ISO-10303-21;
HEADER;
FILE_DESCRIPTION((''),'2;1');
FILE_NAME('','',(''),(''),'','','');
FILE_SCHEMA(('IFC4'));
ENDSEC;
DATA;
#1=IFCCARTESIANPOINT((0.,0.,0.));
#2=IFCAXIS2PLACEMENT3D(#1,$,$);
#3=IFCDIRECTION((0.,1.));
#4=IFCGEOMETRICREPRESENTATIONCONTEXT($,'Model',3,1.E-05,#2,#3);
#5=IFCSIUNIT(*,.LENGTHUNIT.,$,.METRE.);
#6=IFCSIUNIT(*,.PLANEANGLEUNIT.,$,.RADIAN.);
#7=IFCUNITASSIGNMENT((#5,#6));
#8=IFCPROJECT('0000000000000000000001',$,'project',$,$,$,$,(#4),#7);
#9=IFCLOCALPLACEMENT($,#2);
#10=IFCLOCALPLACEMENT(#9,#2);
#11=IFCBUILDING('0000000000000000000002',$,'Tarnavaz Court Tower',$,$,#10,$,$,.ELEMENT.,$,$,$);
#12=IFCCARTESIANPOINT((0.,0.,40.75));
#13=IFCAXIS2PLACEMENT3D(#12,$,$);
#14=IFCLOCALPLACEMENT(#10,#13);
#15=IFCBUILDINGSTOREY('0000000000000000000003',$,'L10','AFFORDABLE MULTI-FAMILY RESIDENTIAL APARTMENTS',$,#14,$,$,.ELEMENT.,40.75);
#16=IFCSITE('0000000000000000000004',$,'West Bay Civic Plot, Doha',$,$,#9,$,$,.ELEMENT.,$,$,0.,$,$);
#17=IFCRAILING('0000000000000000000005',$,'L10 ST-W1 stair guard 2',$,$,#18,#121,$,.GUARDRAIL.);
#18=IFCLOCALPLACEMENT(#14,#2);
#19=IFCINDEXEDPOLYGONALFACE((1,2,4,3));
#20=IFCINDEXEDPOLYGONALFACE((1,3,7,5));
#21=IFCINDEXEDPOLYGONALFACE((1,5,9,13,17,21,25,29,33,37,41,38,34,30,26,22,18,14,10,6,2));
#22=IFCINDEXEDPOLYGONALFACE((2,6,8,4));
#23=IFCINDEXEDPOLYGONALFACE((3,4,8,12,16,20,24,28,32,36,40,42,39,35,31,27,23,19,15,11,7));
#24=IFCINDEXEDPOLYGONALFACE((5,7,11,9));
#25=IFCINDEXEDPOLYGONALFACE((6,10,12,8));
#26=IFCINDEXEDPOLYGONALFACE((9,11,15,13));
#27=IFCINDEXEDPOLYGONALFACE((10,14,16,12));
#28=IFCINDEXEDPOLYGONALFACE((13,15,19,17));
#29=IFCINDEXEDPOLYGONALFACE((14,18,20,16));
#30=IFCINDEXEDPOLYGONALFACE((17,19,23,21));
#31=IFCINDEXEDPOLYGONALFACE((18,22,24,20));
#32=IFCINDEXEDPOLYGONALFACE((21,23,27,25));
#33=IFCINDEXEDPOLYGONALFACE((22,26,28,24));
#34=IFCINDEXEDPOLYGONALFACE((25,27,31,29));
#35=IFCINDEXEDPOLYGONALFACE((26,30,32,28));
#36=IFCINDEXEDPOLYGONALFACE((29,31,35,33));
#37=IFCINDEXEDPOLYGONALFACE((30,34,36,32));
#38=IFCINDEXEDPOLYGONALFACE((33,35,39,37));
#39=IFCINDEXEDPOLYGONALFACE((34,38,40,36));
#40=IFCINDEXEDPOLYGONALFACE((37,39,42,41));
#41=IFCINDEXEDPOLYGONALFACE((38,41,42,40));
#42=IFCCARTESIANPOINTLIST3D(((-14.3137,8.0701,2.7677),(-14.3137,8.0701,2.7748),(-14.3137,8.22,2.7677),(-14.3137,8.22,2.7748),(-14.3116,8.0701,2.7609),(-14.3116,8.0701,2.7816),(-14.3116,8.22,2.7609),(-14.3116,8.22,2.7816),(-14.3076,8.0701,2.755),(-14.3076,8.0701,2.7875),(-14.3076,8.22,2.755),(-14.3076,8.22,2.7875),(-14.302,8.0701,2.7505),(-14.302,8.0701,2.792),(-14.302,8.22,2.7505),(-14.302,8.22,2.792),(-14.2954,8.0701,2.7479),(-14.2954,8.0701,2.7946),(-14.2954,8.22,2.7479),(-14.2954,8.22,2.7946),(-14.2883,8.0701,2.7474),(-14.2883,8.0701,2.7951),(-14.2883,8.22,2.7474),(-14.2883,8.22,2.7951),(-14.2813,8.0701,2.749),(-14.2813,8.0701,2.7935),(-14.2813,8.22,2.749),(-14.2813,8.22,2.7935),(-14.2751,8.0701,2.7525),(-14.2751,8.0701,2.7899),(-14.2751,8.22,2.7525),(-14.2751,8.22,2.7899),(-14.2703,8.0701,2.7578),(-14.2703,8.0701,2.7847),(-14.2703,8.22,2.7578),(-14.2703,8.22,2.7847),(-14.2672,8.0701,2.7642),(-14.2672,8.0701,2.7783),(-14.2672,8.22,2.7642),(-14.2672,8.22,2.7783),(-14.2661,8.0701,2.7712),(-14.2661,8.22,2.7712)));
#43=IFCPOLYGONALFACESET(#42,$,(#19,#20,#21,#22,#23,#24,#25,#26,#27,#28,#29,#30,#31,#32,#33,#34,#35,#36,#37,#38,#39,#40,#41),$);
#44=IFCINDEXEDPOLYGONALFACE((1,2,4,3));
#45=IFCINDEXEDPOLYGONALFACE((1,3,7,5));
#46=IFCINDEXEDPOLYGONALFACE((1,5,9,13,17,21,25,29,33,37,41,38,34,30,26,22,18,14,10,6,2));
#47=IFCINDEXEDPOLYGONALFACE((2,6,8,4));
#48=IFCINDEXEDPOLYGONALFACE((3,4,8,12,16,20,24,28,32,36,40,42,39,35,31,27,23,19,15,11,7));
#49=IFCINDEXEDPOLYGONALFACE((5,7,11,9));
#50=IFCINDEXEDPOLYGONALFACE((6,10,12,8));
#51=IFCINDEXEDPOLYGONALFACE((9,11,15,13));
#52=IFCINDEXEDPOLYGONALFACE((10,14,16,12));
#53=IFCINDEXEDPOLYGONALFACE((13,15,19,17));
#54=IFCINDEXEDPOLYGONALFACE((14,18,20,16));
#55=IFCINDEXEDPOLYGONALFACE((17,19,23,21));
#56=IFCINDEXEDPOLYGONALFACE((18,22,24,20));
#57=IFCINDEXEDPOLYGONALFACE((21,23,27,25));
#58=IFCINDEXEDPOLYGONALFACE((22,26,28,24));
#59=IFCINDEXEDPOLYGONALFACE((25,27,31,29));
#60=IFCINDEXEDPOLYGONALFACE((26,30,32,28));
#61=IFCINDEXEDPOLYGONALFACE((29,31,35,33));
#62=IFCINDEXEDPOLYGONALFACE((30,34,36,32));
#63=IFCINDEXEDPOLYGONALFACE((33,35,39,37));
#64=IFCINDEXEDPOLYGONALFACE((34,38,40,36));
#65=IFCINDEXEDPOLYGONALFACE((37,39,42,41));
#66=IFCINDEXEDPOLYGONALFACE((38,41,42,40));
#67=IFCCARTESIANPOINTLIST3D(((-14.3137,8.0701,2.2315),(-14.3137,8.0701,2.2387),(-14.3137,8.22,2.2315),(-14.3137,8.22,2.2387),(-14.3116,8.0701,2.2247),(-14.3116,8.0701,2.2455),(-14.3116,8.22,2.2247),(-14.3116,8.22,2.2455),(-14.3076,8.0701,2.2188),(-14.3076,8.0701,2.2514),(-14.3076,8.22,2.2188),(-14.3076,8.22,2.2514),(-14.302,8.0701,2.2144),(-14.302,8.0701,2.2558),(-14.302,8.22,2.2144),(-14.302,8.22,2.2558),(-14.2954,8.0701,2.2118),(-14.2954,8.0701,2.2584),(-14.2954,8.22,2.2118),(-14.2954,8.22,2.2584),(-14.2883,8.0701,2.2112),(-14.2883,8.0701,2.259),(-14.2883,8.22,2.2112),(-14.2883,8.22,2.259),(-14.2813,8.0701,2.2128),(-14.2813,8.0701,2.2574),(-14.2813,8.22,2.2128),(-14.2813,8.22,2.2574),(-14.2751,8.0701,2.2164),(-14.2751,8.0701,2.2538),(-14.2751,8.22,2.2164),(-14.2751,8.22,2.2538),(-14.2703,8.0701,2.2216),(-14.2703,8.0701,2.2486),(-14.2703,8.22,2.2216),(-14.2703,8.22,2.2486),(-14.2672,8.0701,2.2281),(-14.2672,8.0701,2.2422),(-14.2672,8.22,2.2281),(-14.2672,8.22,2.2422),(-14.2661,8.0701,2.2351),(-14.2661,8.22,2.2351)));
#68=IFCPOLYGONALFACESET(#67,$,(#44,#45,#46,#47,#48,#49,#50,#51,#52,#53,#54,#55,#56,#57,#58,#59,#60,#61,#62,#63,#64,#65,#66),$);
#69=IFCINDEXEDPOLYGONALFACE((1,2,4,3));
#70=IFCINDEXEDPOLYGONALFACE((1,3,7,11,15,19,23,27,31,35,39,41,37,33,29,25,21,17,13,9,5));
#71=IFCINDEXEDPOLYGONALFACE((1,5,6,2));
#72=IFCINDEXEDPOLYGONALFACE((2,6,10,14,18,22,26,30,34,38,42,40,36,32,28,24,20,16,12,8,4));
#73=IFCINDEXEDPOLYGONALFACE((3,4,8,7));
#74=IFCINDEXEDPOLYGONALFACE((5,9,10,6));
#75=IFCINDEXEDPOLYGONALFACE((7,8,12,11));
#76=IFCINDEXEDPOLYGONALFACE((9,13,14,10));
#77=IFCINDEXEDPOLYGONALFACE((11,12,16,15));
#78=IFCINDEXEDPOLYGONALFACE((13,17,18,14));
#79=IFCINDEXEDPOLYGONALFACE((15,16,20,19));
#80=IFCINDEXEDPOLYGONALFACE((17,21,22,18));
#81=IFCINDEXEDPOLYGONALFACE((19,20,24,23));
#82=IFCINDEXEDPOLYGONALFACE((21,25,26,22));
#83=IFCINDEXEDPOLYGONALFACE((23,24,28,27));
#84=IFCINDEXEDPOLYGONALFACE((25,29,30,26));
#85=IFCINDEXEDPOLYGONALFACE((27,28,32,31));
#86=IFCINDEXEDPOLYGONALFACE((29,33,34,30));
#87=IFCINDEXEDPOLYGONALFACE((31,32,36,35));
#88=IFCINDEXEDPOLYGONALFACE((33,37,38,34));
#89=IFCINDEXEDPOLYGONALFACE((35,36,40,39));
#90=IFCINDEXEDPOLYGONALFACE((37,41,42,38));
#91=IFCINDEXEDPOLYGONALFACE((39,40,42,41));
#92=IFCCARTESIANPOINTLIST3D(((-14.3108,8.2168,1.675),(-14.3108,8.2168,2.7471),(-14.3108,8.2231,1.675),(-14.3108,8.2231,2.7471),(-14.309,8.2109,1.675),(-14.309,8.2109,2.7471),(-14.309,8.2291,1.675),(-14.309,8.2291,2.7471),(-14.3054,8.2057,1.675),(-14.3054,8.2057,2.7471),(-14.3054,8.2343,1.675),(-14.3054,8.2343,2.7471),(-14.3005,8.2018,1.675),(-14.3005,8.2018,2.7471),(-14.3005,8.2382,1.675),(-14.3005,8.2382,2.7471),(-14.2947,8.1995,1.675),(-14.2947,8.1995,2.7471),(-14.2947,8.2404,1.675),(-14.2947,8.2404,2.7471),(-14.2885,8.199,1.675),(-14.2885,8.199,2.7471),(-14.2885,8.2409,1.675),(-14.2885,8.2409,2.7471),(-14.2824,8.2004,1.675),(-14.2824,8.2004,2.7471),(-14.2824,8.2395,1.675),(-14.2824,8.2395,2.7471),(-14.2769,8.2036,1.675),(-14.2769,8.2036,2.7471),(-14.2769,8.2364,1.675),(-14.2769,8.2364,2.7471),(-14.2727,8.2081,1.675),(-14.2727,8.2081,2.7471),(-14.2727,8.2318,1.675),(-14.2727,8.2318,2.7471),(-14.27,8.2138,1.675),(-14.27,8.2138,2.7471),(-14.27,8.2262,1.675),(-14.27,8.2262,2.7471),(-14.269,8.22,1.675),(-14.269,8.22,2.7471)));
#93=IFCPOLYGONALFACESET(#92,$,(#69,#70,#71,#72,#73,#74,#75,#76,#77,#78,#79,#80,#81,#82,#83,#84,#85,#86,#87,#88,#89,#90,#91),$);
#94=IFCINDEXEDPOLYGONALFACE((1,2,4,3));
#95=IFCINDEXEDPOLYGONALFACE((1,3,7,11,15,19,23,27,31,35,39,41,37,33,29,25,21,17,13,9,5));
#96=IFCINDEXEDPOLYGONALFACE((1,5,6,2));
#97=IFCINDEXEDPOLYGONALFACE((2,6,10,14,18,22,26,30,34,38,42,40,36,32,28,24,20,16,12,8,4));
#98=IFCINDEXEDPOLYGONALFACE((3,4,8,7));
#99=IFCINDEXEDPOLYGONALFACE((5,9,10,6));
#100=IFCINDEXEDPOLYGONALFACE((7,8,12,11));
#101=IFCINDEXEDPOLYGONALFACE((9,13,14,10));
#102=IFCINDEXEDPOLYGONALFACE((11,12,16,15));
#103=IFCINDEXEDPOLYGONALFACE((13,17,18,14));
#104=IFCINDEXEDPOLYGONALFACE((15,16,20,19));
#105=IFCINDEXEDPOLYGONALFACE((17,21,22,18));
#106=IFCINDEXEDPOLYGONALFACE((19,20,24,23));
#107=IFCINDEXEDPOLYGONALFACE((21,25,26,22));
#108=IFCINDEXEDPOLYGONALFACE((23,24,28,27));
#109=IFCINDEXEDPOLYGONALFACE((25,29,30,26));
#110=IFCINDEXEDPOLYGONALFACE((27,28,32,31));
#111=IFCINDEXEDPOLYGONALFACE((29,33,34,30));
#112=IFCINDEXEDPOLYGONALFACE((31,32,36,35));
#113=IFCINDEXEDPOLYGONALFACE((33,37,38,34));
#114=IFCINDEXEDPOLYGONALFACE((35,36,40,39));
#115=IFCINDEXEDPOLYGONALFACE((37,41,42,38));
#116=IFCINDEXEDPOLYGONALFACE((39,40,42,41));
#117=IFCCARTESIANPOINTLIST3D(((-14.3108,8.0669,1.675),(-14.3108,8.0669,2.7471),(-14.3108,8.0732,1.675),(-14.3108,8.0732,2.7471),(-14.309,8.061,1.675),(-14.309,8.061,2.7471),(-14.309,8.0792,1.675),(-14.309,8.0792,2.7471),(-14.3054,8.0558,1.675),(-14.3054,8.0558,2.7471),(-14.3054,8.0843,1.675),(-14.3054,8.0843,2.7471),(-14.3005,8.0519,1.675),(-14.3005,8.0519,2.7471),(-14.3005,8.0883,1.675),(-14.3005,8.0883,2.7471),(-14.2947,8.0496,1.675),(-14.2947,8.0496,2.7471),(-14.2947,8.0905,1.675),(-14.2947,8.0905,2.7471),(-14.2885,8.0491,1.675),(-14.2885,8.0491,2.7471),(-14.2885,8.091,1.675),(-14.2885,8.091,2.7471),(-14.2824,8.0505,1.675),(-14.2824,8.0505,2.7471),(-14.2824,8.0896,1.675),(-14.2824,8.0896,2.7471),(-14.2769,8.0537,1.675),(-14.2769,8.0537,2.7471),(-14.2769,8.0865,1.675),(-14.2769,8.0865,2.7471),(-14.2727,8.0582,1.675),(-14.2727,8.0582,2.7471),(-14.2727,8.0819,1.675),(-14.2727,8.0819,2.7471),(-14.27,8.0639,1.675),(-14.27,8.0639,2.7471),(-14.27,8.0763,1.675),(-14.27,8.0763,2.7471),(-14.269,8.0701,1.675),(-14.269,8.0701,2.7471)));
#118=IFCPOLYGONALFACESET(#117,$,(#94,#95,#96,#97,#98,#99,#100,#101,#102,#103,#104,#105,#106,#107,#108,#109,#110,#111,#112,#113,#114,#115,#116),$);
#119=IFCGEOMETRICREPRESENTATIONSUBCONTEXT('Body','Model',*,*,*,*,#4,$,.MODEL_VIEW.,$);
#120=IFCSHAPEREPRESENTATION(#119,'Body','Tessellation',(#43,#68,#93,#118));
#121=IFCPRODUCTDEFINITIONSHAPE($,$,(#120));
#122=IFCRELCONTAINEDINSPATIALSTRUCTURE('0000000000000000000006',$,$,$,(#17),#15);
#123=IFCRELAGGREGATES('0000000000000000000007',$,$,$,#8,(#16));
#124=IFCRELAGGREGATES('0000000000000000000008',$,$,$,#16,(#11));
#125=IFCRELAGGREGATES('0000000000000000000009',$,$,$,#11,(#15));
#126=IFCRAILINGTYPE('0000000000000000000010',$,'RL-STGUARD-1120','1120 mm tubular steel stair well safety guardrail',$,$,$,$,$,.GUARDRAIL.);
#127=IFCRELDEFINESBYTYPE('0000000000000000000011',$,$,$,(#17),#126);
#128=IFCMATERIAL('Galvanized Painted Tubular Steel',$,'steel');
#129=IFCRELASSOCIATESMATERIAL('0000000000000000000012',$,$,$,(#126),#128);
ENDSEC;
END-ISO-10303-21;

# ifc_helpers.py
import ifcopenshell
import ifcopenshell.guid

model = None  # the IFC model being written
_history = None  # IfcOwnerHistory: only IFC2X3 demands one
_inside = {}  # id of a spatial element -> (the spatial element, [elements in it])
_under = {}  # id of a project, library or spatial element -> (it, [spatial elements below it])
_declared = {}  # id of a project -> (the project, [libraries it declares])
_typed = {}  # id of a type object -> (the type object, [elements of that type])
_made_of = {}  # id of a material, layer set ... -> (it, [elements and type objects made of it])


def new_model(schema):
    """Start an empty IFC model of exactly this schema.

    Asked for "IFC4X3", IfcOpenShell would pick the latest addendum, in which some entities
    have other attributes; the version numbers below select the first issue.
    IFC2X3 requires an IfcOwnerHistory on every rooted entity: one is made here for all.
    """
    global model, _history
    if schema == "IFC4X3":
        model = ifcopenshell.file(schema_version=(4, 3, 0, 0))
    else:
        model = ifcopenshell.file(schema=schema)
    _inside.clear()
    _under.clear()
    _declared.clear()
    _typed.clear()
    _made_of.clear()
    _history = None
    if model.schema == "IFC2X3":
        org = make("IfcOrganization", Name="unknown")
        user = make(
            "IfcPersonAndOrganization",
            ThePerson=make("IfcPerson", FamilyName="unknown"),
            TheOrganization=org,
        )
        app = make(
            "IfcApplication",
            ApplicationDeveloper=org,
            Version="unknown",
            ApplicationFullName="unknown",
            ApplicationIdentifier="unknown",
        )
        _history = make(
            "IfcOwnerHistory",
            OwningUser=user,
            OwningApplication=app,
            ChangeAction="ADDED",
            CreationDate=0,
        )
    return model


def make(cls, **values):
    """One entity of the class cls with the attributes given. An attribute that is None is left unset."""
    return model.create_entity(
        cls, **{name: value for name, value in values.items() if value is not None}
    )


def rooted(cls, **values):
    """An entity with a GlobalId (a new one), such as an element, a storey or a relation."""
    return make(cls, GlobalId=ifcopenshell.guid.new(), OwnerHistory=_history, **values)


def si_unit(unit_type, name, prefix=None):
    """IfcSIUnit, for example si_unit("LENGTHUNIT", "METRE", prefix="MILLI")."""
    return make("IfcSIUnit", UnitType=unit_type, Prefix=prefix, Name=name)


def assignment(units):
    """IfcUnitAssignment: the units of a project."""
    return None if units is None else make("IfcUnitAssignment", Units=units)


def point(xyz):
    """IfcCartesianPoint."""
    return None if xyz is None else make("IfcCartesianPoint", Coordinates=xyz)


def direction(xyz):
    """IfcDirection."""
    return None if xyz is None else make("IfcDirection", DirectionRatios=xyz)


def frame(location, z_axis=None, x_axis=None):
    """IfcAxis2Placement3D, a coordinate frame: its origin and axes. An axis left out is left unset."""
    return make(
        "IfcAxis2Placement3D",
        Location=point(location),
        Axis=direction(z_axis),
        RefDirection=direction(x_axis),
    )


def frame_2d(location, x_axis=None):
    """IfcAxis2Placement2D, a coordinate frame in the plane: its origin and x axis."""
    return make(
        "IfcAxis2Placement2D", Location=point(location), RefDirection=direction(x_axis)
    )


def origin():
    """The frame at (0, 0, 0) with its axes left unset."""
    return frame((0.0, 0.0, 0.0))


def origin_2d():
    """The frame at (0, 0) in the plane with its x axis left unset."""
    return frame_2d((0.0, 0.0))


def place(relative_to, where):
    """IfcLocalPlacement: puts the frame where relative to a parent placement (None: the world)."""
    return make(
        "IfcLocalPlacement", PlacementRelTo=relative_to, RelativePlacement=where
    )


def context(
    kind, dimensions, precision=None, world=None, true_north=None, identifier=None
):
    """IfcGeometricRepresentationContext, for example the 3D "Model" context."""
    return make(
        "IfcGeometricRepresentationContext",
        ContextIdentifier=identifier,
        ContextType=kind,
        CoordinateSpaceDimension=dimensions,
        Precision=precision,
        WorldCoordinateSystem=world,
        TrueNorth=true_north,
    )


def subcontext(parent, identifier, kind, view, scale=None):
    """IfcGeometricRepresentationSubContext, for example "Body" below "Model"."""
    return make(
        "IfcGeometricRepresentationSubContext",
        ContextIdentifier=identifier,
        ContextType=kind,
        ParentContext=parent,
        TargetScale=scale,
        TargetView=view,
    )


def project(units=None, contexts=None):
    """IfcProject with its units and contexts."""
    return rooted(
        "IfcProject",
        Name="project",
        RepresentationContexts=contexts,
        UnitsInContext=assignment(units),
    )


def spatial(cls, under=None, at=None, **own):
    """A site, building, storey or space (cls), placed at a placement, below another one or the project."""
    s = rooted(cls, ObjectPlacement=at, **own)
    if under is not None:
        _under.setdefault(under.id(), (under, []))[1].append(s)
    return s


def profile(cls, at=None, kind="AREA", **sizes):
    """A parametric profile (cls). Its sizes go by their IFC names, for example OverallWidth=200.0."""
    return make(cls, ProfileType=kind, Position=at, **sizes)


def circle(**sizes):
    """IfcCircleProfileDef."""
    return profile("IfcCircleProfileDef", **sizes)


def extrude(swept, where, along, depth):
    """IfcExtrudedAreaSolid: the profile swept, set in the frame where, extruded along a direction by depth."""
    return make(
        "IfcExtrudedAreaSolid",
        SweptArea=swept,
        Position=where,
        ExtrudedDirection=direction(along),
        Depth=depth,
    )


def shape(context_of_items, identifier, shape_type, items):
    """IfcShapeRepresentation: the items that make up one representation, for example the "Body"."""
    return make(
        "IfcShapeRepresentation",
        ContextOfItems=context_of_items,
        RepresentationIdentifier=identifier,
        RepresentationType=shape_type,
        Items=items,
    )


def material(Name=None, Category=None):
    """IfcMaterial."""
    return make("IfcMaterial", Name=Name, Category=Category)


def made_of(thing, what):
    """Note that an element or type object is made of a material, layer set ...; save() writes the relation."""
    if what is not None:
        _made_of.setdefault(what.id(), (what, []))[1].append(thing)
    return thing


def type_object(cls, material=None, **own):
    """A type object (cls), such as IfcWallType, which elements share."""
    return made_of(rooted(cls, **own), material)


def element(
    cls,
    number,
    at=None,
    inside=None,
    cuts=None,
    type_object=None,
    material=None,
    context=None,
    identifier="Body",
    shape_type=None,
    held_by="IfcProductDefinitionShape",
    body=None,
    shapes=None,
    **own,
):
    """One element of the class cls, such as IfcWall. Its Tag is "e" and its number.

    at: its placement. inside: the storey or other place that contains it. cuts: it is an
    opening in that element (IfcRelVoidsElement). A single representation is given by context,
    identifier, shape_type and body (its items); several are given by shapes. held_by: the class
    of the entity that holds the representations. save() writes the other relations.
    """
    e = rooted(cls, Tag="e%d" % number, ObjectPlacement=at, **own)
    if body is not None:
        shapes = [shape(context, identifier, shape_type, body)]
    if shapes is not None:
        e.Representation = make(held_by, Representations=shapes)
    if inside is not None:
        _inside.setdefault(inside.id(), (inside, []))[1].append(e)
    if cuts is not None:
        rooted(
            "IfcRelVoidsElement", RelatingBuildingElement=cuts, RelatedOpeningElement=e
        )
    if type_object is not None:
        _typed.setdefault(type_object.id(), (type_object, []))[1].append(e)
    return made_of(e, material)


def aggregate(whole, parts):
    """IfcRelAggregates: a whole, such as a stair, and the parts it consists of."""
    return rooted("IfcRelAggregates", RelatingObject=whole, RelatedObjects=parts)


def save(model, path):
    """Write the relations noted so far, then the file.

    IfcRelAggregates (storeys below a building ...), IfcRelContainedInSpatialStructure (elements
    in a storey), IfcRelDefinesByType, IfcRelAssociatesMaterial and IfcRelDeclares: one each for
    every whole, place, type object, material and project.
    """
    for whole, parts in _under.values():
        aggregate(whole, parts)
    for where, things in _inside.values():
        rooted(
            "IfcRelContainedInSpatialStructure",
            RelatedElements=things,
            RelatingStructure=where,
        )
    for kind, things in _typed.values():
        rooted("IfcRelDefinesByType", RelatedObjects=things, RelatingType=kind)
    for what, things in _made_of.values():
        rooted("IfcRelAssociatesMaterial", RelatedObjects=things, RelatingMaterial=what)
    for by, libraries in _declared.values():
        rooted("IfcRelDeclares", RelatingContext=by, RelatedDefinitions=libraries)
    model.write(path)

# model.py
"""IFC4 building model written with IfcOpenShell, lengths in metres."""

from ifc_helpers import new_model, si_unit, direction, frame, origin, origin_2d, place, context, subcontext, project, spatial, circle, extrude, material, type_object, element, save


model = new_model("IFC4")

# Units and contexts
model_context = context("Model", 3, precision=1e-05, world=origin(), true_north=direction((0.0, 1.0)))
body_context = subcontext(model_context, "Body", "Model", "MODEL_VIEW")
ifc_project = project(units=[si_unit("LENGTHUNIT", "METRE"), si_unit("PLANEANGLEUNIT", "RADIAN")], contexts=[model_context])

# Site, building, storey
site_placement = place(None, origin())
site = spatial("IfcSite", under=ifc_project, at=site_placement, Name="West Bay Civic Plot, Doha", CompositionType="ELEMENT", RefElevation=0.0)
building_placement = place(site_placement, origin())
building = spatial("IfcBuilding", under=site, at=building_placement, Name="Tarnavaz Court Tower", CompositionType="ELEMENT")
storey_placement = place(building_placement, frame((0.0, 0.0, 40.75)))
storey = spatial("IfcBuildingStorey", under=building, at=storey_placement, Name="L10", Description="AFFORDABLE MULTI-FAMILY RESIDENTIAL APARTMENTS", CompositionType="ELEMENT", Elevation=40.75)

# Railing
ifc_material_1 = material(Name="Galvanized Painted Tubular Steel", Category="steel")
railing_type_1 = type_object("IfcRailingType", Name="RL-STGUARD-1120", Description="1120 mm tubular steel stair well safety guardrail", PredefinedType="GUARDRAIL", material=ifc_material_1)
railing_1_placement = place(storey_placement, frame((-14.29, 8.22, 1.675)))
element("IfcRailing", 1, at=railing_1_placement, inside=storey, type_object=railing_type_1, Name="L10 ST-W1 stair guard 2", PredefinedType="GUARDRAIL", context=body_context, shape_type="SweptSolid", body=[
    extrude(circle(Radius=0.0239, at=origin_2d()), frame((0.0, 0.0, 1.0962), z_axis=(0.0, -1.0, 0.0), x_axis=(1.0, 0.0, 0.0)), (0.0, 0.0, 1.0), 0.1499),
    extrude(circle(Radius=0.0239, at=origin_2d()), frame((0.0, 0.0, 0.5601), z_axis=(0.0, -1.0, 0.0), x_axis=(1.0, 0.0, 0.0)), (0.0, 0.0, 1.0), 0.1499),
    extrude(circle(Radius=0.021, at=origin_2d()), origin(), (0.0, 0.0, 1.0), 1.072),
    extrude(circle(Radius=0.021, at=origin_2d()), frame((0.0, -0.1499, 0.0)), (0.0, 0.0, 1.0), 1.072),
])

save(model, "model.ifc")
